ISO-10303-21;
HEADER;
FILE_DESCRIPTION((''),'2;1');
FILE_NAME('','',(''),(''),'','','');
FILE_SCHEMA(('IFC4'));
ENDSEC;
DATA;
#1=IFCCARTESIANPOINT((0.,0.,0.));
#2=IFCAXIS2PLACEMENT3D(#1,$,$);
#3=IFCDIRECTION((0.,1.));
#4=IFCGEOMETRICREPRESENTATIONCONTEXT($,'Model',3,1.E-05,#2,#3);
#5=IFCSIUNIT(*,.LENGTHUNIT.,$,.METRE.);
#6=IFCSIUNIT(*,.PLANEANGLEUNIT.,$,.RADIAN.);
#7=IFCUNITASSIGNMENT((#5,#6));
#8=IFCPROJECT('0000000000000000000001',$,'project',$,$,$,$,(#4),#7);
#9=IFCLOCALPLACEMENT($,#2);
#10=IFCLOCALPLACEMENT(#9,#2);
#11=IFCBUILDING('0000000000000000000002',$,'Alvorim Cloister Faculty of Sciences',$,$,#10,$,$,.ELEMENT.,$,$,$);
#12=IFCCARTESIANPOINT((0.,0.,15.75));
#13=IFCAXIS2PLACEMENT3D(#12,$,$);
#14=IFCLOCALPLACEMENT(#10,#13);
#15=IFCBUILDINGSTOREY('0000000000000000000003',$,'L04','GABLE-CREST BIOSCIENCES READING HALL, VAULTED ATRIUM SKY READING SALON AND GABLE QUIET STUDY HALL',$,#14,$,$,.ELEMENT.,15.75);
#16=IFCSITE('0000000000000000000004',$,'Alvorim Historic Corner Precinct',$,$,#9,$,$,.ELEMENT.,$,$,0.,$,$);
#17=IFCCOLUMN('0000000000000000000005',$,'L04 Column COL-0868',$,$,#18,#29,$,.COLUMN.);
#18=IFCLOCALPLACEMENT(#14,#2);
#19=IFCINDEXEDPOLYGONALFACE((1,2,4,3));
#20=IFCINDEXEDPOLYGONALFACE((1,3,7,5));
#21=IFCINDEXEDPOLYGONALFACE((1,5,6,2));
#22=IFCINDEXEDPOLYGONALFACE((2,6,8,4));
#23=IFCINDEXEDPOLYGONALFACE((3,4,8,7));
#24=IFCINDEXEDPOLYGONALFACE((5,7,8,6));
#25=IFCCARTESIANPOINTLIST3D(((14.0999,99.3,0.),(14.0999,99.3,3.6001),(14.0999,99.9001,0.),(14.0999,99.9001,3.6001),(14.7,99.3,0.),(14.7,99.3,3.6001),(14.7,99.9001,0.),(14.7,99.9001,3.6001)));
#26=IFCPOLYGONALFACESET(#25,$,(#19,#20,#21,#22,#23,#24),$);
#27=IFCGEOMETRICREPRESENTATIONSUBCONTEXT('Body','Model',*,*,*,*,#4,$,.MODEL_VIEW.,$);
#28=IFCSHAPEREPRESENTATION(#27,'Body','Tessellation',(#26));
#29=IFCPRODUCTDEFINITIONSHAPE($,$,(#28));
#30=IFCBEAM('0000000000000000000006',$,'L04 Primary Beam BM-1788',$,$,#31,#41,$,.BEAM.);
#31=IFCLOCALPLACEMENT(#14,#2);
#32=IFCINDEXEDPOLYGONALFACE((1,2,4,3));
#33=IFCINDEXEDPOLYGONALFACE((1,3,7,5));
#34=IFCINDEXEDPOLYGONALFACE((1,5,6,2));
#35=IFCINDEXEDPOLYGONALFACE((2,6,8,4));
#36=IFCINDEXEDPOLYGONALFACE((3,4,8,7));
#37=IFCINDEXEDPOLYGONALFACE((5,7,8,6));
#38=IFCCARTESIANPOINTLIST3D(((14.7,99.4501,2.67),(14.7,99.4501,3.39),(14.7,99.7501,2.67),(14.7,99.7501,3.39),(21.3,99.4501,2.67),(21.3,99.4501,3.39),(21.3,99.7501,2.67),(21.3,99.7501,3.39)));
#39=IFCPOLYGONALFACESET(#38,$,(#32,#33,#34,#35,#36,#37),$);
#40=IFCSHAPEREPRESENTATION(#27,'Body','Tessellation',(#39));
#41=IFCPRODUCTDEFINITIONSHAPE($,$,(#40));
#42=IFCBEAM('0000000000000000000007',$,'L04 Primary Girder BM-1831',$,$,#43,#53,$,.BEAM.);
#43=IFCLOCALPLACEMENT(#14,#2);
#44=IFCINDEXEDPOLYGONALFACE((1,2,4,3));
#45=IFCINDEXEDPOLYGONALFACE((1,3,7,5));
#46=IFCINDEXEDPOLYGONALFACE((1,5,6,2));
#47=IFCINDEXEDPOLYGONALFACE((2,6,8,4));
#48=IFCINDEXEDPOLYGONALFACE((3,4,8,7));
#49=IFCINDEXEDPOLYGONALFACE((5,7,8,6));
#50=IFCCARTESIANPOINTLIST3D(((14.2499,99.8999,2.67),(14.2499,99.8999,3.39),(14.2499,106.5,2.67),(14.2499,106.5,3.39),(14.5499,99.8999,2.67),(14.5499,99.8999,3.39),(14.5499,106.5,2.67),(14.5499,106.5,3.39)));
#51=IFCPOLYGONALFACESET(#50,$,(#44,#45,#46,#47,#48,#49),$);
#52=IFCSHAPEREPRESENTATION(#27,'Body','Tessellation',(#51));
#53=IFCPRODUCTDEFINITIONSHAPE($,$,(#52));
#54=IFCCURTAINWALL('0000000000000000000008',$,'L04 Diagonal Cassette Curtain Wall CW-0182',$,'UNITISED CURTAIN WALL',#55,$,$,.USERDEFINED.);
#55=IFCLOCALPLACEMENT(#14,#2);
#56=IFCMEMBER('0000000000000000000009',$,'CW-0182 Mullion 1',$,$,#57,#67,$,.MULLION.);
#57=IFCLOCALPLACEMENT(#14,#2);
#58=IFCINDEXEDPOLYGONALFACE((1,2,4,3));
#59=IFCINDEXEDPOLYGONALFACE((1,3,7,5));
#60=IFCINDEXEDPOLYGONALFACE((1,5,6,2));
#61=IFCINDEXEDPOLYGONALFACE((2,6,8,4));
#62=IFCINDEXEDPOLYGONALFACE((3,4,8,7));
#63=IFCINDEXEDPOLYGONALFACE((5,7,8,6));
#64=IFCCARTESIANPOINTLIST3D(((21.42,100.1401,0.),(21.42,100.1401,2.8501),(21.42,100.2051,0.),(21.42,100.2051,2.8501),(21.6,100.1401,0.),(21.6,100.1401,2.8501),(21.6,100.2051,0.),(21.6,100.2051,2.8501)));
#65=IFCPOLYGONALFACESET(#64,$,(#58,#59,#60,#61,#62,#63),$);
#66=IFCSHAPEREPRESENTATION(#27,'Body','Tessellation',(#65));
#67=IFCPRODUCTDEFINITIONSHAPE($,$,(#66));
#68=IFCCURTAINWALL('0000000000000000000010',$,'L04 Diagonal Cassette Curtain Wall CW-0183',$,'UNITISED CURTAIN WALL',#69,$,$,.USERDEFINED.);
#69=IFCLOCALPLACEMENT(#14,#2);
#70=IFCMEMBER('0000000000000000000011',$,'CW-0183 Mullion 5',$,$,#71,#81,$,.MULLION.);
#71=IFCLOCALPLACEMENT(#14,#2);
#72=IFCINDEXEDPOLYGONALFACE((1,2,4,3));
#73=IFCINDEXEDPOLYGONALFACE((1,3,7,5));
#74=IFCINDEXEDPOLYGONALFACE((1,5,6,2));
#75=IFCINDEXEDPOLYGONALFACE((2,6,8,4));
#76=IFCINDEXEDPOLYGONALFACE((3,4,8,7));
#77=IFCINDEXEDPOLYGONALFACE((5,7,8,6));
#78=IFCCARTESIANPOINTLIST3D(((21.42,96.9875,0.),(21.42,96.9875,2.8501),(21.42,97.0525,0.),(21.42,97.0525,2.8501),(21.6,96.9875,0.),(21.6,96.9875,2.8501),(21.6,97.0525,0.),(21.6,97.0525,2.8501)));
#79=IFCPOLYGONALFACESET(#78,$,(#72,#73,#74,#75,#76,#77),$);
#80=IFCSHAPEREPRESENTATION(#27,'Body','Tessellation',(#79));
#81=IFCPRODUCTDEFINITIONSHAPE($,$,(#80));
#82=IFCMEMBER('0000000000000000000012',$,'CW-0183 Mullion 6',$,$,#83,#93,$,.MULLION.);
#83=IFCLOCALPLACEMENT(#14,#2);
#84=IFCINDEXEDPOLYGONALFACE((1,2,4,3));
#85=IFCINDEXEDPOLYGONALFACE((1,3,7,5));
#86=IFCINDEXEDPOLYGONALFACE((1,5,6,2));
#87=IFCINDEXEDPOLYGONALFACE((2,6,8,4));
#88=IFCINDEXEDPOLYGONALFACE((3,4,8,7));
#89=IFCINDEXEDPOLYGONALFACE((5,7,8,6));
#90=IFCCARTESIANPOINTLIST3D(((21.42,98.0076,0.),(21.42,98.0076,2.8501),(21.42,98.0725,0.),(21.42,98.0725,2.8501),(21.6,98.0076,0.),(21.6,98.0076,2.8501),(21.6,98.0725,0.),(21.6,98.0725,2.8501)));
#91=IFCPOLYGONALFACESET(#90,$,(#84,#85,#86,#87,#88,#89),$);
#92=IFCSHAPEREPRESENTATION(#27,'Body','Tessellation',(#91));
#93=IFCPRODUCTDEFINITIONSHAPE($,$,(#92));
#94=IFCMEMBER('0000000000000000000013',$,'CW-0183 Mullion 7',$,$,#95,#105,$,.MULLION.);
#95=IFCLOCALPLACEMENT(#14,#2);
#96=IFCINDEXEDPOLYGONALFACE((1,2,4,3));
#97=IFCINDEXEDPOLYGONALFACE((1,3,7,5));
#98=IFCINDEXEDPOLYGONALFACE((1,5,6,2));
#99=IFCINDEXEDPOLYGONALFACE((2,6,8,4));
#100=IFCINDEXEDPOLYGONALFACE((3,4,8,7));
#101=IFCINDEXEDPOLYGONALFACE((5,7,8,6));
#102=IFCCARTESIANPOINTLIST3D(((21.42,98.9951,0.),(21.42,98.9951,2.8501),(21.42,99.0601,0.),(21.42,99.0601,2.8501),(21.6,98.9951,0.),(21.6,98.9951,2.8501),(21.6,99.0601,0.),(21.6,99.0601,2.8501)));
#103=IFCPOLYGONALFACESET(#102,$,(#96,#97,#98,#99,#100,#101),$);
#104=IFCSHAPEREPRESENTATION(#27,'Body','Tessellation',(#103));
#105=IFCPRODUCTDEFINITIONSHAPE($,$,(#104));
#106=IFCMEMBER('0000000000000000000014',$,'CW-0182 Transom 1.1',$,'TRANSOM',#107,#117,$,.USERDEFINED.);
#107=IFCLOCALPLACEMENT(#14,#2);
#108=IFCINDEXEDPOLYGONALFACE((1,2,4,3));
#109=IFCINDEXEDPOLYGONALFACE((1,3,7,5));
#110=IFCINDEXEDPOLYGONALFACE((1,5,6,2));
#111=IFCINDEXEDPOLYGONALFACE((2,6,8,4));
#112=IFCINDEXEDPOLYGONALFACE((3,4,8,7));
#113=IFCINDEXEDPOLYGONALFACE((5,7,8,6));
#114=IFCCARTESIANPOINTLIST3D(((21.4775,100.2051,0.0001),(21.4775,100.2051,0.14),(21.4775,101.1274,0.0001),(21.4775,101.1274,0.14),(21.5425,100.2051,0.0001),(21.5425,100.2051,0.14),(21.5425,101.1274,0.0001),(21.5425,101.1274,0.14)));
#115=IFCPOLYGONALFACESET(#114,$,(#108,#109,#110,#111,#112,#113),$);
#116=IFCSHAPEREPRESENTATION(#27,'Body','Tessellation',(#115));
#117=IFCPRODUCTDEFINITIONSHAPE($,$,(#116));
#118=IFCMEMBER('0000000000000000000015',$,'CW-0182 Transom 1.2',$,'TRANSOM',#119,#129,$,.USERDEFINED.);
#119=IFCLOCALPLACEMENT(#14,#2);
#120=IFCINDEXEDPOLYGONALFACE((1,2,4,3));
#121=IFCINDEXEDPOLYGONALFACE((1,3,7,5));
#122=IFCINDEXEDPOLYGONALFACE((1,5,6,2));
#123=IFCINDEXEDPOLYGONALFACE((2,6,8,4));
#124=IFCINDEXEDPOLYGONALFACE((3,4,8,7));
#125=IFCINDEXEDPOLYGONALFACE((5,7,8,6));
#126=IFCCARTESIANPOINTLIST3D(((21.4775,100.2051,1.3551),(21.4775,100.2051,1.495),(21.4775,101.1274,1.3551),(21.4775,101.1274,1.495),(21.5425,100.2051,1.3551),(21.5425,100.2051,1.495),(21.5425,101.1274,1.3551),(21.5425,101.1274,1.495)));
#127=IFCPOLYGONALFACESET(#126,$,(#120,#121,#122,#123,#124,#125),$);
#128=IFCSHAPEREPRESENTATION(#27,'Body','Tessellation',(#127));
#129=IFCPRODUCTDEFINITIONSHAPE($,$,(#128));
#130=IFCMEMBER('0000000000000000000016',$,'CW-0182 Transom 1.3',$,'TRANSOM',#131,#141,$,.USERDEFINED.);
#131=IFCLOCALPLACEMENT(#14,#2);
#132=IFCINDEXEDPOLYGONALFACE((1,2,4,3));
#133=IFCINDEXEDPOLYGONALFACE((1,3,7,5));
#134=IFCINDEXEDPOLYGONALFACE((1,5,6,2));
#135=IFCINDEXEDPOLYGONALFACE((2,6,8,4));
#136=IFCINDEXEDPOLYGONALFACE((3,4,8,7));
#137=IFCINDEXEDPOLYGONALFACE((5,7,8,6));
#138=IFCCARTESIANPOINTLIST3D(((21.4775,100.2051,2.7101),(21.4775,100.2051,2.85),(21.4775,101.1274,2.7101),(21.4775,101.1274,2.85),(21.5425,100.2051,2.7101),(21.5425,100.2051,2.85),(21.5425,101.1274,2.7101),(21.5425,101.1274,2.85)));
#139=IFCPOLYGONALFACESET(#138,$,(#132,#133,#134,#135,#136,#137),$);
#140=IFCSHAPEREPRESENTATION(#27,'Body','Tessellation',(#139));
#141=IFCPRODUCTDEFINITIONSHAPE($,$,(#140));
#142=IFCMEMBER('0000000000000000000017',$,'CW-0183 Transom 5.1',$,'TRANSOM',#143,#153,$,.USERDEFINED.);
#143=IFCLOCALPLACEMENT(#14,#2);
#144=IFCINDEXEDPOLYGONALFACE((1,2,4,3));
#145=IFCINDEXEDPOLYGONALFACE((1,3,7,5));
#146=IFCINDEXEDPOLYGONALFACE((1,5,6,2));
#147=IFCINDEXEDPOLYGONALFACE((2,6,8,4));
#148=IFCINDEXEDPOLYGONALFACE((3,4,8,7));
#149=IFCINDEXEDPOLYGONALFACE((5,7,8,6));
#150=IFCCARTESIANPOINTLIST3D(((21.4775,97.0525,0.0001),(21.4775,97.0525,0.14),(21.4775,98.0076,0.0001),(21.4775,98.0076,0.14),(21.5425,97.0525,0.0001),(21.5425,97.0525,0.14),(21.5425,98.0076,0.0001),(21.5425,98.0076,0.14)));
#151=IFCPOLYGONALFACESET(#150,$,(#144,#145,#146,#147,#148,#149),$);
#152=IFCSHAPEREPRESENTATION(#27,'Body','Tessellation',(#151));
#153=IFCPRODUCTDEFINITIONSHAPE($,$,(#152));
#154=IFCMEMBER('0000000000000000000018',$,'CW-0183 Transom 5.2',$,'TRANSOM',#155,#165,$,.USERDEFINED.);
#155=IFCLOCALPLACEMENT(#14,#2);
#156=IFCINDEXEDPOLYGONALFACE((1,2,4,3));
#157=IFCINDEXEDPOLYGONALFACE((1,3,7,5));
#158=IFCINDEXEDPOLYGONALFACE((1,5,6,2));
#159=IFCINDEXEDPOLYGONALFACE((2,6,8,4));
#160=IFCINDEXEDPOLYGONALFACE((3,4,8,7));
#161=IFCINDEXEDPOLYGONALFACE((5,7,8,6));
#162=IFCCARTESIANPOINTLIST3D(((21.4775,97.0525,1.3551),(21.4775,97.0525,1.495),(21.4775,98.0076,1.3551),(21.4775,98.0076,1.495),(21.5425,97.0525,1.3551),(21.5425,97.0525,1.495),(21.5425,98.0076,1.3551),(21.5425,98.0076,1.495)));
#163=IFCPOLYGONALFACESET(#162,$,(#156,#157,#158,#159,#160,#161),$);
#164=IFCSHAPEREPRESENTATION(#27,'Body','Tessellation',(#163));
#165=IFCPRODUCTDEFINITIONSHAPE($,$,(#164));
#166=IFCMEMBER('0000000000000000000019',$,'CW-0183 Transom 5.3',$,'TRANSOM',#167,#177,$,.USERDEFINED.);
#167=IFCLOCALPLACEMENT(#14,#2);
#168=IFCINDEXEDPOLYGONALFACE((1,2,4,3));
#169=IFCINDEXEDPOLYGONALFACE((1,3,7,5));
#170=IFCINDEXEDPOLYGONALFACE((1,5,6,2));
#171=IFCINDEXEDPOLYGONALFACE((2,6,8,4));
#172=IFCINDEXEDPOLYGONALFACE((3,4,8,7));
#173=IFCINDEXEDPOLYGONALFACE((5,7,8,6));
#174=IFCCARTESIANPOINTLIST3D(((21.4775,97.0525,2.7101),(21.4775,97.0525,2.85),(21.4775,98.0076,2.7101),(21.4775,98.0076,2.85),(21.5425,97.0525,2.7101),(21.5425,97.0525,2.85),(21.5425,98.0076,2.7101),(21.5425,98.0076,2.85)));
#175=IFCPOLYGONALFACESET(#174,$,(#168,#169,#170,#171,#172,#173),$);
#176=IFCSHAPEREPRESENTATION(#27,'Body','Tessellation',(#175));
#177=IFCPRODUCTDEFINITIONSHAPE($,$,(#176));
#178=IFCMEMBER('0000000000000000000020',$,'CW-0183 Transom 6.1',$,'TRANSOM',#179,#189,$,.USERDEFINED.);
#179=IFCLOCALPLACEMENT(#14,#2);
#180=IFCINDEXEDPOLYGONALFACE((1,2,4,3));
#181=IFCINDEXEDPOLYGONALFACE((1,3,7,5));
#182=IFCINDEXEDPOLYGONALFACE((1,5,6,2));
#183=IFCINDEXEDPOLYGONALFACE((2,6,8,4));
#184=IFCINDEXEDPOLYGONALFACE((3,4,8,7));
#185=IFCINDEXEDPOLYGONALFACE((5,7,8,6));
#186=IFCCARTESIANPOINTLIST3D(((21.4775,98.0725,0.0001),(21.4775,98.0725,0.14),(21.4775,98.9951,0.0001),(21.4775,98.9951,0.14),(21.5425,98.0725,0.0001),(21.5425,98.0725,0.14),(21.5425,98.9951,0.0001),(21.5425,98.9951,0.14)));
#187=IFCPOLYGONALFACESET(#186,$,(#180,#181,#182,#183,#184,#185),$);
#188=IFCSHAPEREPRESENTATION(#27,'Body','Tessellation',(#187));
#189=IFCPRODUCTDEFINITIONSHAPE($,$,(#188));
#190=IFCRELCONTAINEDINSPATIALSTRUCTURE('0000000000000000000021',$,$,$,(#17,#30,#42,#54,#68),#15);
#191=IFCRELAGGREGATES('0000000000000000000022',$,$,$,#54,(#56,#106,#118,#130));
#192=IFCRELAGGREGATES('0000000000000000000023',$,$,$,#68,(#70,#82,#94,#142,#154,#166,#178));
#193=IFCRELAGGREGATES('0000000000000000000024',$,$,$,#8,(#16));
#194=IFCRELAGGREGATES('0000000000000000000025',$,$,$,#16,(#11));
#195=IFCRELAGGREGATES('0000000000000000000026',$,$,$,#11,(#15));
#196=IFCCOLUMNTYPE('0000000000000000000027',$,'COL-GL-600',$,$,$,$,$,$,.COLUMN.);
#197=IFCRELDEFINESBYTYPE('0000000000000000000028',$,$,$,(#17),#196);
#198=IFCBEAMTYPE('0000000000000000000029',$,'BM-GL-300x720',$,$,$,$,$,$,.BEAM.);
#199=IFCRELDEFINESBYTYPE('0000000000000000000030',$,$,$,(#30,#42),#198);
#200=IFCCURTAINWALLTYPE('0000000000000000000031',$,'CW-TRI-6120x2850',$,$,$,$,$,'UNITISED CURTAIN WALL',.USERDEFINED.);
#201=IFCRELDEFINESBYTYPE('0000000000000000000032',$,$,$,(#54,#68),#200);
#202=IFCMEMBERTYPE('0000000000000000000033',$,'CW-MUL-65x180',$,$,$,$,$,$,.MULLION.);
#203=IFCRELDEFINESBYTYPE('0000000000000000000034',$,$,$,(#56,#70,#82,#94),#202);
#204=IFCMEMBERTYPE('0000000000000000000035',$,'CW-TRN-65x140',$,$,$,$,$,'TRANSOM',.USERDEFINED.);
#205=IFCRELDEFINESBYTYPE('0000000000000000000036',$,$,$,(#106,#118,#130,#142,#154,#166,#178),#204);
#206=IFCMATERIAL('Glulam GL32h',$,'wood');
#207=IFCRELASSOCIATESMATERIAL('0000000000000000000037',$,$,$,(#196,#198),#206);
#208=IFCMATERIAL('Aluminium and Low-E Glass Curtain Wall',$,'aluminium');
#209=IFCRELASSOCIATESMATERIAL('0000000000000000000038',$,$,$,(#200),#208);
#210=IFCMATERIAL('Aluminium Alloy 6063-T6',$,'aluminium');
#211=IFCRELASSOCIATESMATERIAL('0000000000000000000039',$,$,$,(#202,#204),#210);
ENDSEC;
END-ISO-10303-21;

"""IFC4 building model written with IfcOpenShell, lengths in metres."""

from ifc_helpers import new_model, si_unit, direction, frame, origin, origin_2d, place, context, subcontext, project, spatial, rectangle, extrude, material, material_profile, profile_set, type_object, element, aggregate, save


model = new_model("IFC4")

# Units and contexts
model_context = context("Model", 3, precision=1e-05, world=origin(), true_north=direction((0.0, 1.0)))
body_context = subcontext(model_context, "Body", "Model", "MODEL_VIEW")
ifc_project = project(units=[si_unit("LENGTHUNIT", "METRE"), si_unit("PLANEANGLEUNIT", "RADIAN")], contexts=[model_context])

# Site, building, storey
site_placement = place(None, origin())
site = spatial("IfcSite", under=ifc_project, at=site_placement, Name="Alvorim Historic Corner Precinct", CompositionType="ELEMENT", RefElevation=0.0)
building_placement = place(site_placement, origin())
building = spatial("IfcBuilding", under=site, at=building_placement, Name="Alvorim Cloister Faculty of Sciences", CompositionType="ELEMENT")
storey_placement = place(building_placement, frame((0.0, 0.0, 15.75)))
storey = spatial("IfcBuildingStorey", under=building, at=storey_placement, Name="L04", Description="GABLE-CREST BIOSCIENCES READING HALL, VAULTED ATRIUM SKY READING SALON AND GABLE QUIET STUDY HALL", CompositionType="ELEMENT", Elevation=15.75)

# Column
ifc_material_1 = material(Name="Glulam GL32h", Category="wood")
ifc_material_profile_1 = material_profile(ifc_material_1, rectangle(XDim=0.6001, YDim=0.6001, at=origin_2d()), Name="GL32-COL-600x600")
ifc_profile_set_1 = profile_set([ifc_material_profile_1], Name="Glulam GL32h")
column_type = type_object("IfcColumnType", Name="COL-GL-600", PredefinedType="COLUMN", material=ifc_profile_set_1)
column_placement = place(storey_placement, frame((14.3999, 99.6001, 0.0), z_axis=(0.0, 0.0, 1.0), x_axis=(1.0, 0.0, 0.0)))
element("IfcColumn", 1, at=column_placement, inside=storey, type_object=column_type, Name="L04 Column COL-0868", PredefinedType="COLUMN", context=body_context, shape_type="SweptSolid", body=[
    extrude(rectangle(XDim=0.6001, YDim=0.6001, at=origin_2d()), origin(), (0.0, 0.0, 1.0), 3.6001),
])

# Beams
ifc_material_profile_2 = material_profile(ifc_material_1, rectangle(XDim=0.3, YDim=0.72, at=origin_2d()), Name="GL32-BM-300x720")
ifc_profile_set_2 = profile_set([ifc_material_profile_2], Name="Glulam GL32h")
beam_type = type_object("IfcBeamType", Name="BM-GL-300x720", PredefinedType="BEAM", material=ifc_profile_set_2)
for number, where, z_axis, x_axis, name in (
    (2, (14.7, 99.6001, 3.03), (1.0, 0.0, 0.0), (0.0, 1.0, 0.0), "L04 Primary Beam BM-1788"),
    (3, (14.3999, 99.8999, 3.03), (0.0, 1.0, 0.0), (-1.0, 0.0, 0.0), "L04 Primary Girder BM-1831"),
):
    element("IfcBeam", number, at=place(storey_placement, frame(where, z_axis=z_axis, x_axis=x_axis)), inside=storey, type_object=beam_type, Name=name, PredefinedType="BEAM", context=body_context, shape_type="SweptSolid", body=[
        extrude(rectangle(XDim=0.3, YDim=0.72, at=origin_2d()), origin(), (0.0, 0.0, 1.0), 6.6001),
    ])

# Curtain wall, member
ifc_material_2 = material(Name="Aluminium and Low-E Glass Curtain Wall", Category="aluminium")
curtain_wall_type = type_object("IfcCurtainWallType", Name="CW-TRI-6120x2850", ElementType="UNITISED CURTAIN WALL", PredefinedType="USERDEFINED", material=ifc_material_2)
curtain_wall_1_placement = place(storey_placement, origin())
curtain_wall_1 = element("IfcCurtainWall", 4, at=curtain_wall_1_placement, inside=storey, type_object=curtain_wall_type, Name="L04 Diagonal Cassette Curtain Wall CW-0182", ObjectType="UNITISED CURTAIN WALL", PredefinedType="USERDEFINED")
ifc_material_3 = material(Name="Aluminium Alloy 6063-T6", Category="aluminium")
ifc_material_profile_3 = material_profile(ifc_material_3, rectangle(XDim=0.0649, YDim=0.1799, at=origin_2d()), Name="ALU-MUL-65x180")
ifc_profile_set_3 = profile_set([ifc_material_profile_3], Name="Aluminium Alloy 6063-T6")
member_type_1 = type_object("IfcMemberType", Name="CW-MUL-65x180", PredefinedType="MULLION", material=ifc_profile_set_3)
member_1_placement = place(storey_placement, frame((21.51, 100.1726, 0.0), z_axis=(0.0, 0.0, 1.0), x_axis=(0.0, 1.0, 0.0)))
member_1 = element("IfcMember", 5, at=member_1_placement, type_object=member_type_1, Name="CW-0182 Mullion 1", PredefinedType="MULLION", context=body_context, shape_type="SweptSolid", body=[
    extrude(rectangle(XDim=0.0649, YDim=0.1799, at=origin_2d()), origin(), (0.0, 0.0, 1.0), 2.8501),
])

# Curtain wall, members
curtain_wall_2_placement = place(storey_placement, origin())
curtain_wall_2 = element("IfcCurtainWall", 6, at=curtain_wall_2_placement, inside=storey, type_object=curtain_wall_type, Name="L04 Diagonal Cassette Curtain Wall CW-0183", ObjectType="UNITISED CURTAIN WALL", PredefinedType="USERDEFINED")
member_2_placement = place(storey_placement, frame((21.51, 97.02, 0.0), z_axis=(0.0, 0.0, 1.0), x_axis=(0.0, 1.0, 0.0)))
member_2 = element("IfcMember", 7, at=member_2_placement, type_object=member_type_1, Name="CW-0183 Mullion 5", PredefinedType="MULLION", context=body_context, shape_type="SweptSolid", body=[
    extrude(rectangle(XDim=0.0649, YDim=0.1799, at=origin_2d()), origin(), (0.0, 0.0, 1.0), 2.8501),
])
member_3_placement = place(storey_placement, frame((21.51, 98.04, 0.0), z_axis=(0.0, 0.0, 1.0), x_axis=(0.0, 1.0, 0.0)))
member_3 = element("IfcMember", 8, at=member_3_placement, type_object=member_type_1, Name="CW-0183 Mullion 6", PredefinedType="MULLION", context=body_context, shape_type="SweptSolid", body=[
    extrude(rectangle(XDim=0.0649, YDim=0.1799, at=origin_2d()), origin(), (0.0, 0.0, 1.0), 2.8501),
])
member_4_placement = place(storey_placement, frame((21.51, 99.0276, 0.0), z_axis=(0.0, 0.0, 1.0), x_axis=(0.0, 1.0, 0.0)))
member_4 = element("IfcMember", 9, at=member_4_placement, type_object=member_type_1, Name="CW-0183 Mullion 7", PredefinedType="MULLION", context=body_context, shape_type="SweptSolid", body=[
    extrude(rectangle(XDim=0.0649, YDim=0.1799, at=origin_2d()), origin(), (0.0, 0.0, 1.0), 2.8501),
])

# Members
ifc_material_profile_4 = material_profile(ifc_material_3, rectangle(XDim=0.0649, YDim=0.1399, at=origin_2d()), Name="ALU-TRN-65x140")
ifc_profile_set_4 = profile_set([ifc_material_profile_4], Name="Aluminium Alloy 6063-T6")
member_type_2 = type_object("IfcMemberType", Name="CW-TRN-65x140", ElementType="TRANSOM", PredefinedType="USERDEFINED", material=ifc_profile_set_4)
member_5_placement = place(storey_placement, frame((21.51, 100.2051, 0.0701), z_axis=(0.0, 1.0, 0.0), x_axis=(-1.0, 0.0, 0.0)))
member_5 = element("IfcMember", 10, at=member_5_placement, type_object=member_type_2, Name="CW-0182 Transom 1.1", ObjectType="TRANSOM", PredefinedType="USERDEFINED", context=body_context, shape_type="SweptSolid", body=[
    extrude(rectangle(XDim=0.0649, YDim=0.1399, at=origin_2d()), origin(), (0.0, 0.0, 1.0), 0.9224),
])
member_6_placement = place(storey_placement, frame((21.51, 100.2051, 1.425), z_axis=(0.0, 1.0, 0.0), x_axis=(-1.0, 0.0, 0.0)))
member_6 = element("IfcMember", 11, at=member_6_placement, type_object=member_type_2, Name="CW-0182 Transom 1.2", ObjectType="TRANSOM", PredefinedType="USERDEFINED", context=body_context, shape_type="SweptSolid", body=[
    extrude(rectangle(XDim=0.0649, YDim=0.1399, at=origin_2d()), origin(), (0.0, 0.0, 1.0), 0.9224),
])
member_7_placement = place(storey_placement, frame((21.51, 100.2051, 2.78), z_axis=(0.0, 1.0, 0.0), x_axis=(-1.0, 0.0, 0.0)))
member_7 = element("IfcMember", 12, at=member_7_placement, type_object=member_type_2, Name="CW-0182 Transom 1.3", ObjectType="TRANSOM", PredefinedType="USERDEFINED", context=body_context, shape_type="SweptSolid", body=[
    extrude(rectangle(XDim=0.0649, YDim=0.1399, at=origin_2d()), origin(), (0.0, 0.0, 1.0), 0.9224),
])
aggregate(curtain_wall_1, [member_1, member_5, member_6, member_7])
member_8_placement = place(storey_placement, frame((21.51, 97.0525, 0.0701), z_axis=(0.0, 1.0, 0.0), x_axis=(-1.0, 0.0, 0.0)))
member_8 = element("IfcMember", 13, at=member_8_placement, type_object=member_type_2, Name="CW-0183 Transom 5.1", ObjectType="TRANSOM", PredefinedType="USERDEFINED", context=body_context, shape_type="SweptSolid", body=[
    extrude(rectangle(XDim=0.0649, YDim=0.1399, at=origin_2d()), origin(), (0.0, 0.0, 1.0), 0.9551),
])
member_9_placement = place(storey_placement, frame((21.51, 97.0525, 1.425), z_axis=(0.0, 1.0, 0.0), x_axis=(-1.0, 0.0, 0.0)))
member_9 = element("IfcMember", 14, at=member_9_placement, type_object=member_type_2, Name="CW-0183 Transom 5.2", ObjectType="TRANSOM", PredefinedType="USERDEFINED", context=body_context, shape_type="SweptSolid", body=[
    extrude(rectangle(XDim=0.0649, YDim=0.1399, at=origin_2d()), origin(), (0.0, 0.0, 1.0), 0.9551),
])
member_10_placement = place(storey_placement, frame((21.51, 97.0525, 2.78), z_axis=(0.0, 1.0, 0.0), x_axis=(-1.0, 0.0, 0.0)))
member_10 = element("IfcMember", 15, at=member_10_placement, type_object=member_type_2, Name="CW-0183 Transom 5.3", ObjectType="TRANSOM", PredefinedType="USERDEFINED", context=body_context, shape_type="SweptSolid", body=[
    extrude(rectangle(XDim=0.0649, YDim=0.1399, at=origin_2d()), origin(), (0.0, 0.0, 1.0), 0.9551),
])
member_11_placement = place(storey_placement, frame((21.51, 98.0725, 0.0701), z_axis=(0.0, 1.0, 0.0), x_axis=(-1.0, 0.0, 0.0)))
member_11 = element("IfcMember", 16, at=member_11_placement, type_object=member_type_2, Name="CW-0183 Transom 6.1", ObjectType="TRANSOM", PredefinedType="USERDEFINED", context=body_context, shape_type="SweptSolid", body=[
    extrude(rectangle(XDim=0.0649, YDim=0.1399, at=origin_2d()), origin(), (0.0, 0.0, 1.0), 0.9226),
])
aggregate(curtain_wall_2, [member_2, member_3, member_4, member_8, member_9, member_10, member_11])

save(model, "model.ifc")
